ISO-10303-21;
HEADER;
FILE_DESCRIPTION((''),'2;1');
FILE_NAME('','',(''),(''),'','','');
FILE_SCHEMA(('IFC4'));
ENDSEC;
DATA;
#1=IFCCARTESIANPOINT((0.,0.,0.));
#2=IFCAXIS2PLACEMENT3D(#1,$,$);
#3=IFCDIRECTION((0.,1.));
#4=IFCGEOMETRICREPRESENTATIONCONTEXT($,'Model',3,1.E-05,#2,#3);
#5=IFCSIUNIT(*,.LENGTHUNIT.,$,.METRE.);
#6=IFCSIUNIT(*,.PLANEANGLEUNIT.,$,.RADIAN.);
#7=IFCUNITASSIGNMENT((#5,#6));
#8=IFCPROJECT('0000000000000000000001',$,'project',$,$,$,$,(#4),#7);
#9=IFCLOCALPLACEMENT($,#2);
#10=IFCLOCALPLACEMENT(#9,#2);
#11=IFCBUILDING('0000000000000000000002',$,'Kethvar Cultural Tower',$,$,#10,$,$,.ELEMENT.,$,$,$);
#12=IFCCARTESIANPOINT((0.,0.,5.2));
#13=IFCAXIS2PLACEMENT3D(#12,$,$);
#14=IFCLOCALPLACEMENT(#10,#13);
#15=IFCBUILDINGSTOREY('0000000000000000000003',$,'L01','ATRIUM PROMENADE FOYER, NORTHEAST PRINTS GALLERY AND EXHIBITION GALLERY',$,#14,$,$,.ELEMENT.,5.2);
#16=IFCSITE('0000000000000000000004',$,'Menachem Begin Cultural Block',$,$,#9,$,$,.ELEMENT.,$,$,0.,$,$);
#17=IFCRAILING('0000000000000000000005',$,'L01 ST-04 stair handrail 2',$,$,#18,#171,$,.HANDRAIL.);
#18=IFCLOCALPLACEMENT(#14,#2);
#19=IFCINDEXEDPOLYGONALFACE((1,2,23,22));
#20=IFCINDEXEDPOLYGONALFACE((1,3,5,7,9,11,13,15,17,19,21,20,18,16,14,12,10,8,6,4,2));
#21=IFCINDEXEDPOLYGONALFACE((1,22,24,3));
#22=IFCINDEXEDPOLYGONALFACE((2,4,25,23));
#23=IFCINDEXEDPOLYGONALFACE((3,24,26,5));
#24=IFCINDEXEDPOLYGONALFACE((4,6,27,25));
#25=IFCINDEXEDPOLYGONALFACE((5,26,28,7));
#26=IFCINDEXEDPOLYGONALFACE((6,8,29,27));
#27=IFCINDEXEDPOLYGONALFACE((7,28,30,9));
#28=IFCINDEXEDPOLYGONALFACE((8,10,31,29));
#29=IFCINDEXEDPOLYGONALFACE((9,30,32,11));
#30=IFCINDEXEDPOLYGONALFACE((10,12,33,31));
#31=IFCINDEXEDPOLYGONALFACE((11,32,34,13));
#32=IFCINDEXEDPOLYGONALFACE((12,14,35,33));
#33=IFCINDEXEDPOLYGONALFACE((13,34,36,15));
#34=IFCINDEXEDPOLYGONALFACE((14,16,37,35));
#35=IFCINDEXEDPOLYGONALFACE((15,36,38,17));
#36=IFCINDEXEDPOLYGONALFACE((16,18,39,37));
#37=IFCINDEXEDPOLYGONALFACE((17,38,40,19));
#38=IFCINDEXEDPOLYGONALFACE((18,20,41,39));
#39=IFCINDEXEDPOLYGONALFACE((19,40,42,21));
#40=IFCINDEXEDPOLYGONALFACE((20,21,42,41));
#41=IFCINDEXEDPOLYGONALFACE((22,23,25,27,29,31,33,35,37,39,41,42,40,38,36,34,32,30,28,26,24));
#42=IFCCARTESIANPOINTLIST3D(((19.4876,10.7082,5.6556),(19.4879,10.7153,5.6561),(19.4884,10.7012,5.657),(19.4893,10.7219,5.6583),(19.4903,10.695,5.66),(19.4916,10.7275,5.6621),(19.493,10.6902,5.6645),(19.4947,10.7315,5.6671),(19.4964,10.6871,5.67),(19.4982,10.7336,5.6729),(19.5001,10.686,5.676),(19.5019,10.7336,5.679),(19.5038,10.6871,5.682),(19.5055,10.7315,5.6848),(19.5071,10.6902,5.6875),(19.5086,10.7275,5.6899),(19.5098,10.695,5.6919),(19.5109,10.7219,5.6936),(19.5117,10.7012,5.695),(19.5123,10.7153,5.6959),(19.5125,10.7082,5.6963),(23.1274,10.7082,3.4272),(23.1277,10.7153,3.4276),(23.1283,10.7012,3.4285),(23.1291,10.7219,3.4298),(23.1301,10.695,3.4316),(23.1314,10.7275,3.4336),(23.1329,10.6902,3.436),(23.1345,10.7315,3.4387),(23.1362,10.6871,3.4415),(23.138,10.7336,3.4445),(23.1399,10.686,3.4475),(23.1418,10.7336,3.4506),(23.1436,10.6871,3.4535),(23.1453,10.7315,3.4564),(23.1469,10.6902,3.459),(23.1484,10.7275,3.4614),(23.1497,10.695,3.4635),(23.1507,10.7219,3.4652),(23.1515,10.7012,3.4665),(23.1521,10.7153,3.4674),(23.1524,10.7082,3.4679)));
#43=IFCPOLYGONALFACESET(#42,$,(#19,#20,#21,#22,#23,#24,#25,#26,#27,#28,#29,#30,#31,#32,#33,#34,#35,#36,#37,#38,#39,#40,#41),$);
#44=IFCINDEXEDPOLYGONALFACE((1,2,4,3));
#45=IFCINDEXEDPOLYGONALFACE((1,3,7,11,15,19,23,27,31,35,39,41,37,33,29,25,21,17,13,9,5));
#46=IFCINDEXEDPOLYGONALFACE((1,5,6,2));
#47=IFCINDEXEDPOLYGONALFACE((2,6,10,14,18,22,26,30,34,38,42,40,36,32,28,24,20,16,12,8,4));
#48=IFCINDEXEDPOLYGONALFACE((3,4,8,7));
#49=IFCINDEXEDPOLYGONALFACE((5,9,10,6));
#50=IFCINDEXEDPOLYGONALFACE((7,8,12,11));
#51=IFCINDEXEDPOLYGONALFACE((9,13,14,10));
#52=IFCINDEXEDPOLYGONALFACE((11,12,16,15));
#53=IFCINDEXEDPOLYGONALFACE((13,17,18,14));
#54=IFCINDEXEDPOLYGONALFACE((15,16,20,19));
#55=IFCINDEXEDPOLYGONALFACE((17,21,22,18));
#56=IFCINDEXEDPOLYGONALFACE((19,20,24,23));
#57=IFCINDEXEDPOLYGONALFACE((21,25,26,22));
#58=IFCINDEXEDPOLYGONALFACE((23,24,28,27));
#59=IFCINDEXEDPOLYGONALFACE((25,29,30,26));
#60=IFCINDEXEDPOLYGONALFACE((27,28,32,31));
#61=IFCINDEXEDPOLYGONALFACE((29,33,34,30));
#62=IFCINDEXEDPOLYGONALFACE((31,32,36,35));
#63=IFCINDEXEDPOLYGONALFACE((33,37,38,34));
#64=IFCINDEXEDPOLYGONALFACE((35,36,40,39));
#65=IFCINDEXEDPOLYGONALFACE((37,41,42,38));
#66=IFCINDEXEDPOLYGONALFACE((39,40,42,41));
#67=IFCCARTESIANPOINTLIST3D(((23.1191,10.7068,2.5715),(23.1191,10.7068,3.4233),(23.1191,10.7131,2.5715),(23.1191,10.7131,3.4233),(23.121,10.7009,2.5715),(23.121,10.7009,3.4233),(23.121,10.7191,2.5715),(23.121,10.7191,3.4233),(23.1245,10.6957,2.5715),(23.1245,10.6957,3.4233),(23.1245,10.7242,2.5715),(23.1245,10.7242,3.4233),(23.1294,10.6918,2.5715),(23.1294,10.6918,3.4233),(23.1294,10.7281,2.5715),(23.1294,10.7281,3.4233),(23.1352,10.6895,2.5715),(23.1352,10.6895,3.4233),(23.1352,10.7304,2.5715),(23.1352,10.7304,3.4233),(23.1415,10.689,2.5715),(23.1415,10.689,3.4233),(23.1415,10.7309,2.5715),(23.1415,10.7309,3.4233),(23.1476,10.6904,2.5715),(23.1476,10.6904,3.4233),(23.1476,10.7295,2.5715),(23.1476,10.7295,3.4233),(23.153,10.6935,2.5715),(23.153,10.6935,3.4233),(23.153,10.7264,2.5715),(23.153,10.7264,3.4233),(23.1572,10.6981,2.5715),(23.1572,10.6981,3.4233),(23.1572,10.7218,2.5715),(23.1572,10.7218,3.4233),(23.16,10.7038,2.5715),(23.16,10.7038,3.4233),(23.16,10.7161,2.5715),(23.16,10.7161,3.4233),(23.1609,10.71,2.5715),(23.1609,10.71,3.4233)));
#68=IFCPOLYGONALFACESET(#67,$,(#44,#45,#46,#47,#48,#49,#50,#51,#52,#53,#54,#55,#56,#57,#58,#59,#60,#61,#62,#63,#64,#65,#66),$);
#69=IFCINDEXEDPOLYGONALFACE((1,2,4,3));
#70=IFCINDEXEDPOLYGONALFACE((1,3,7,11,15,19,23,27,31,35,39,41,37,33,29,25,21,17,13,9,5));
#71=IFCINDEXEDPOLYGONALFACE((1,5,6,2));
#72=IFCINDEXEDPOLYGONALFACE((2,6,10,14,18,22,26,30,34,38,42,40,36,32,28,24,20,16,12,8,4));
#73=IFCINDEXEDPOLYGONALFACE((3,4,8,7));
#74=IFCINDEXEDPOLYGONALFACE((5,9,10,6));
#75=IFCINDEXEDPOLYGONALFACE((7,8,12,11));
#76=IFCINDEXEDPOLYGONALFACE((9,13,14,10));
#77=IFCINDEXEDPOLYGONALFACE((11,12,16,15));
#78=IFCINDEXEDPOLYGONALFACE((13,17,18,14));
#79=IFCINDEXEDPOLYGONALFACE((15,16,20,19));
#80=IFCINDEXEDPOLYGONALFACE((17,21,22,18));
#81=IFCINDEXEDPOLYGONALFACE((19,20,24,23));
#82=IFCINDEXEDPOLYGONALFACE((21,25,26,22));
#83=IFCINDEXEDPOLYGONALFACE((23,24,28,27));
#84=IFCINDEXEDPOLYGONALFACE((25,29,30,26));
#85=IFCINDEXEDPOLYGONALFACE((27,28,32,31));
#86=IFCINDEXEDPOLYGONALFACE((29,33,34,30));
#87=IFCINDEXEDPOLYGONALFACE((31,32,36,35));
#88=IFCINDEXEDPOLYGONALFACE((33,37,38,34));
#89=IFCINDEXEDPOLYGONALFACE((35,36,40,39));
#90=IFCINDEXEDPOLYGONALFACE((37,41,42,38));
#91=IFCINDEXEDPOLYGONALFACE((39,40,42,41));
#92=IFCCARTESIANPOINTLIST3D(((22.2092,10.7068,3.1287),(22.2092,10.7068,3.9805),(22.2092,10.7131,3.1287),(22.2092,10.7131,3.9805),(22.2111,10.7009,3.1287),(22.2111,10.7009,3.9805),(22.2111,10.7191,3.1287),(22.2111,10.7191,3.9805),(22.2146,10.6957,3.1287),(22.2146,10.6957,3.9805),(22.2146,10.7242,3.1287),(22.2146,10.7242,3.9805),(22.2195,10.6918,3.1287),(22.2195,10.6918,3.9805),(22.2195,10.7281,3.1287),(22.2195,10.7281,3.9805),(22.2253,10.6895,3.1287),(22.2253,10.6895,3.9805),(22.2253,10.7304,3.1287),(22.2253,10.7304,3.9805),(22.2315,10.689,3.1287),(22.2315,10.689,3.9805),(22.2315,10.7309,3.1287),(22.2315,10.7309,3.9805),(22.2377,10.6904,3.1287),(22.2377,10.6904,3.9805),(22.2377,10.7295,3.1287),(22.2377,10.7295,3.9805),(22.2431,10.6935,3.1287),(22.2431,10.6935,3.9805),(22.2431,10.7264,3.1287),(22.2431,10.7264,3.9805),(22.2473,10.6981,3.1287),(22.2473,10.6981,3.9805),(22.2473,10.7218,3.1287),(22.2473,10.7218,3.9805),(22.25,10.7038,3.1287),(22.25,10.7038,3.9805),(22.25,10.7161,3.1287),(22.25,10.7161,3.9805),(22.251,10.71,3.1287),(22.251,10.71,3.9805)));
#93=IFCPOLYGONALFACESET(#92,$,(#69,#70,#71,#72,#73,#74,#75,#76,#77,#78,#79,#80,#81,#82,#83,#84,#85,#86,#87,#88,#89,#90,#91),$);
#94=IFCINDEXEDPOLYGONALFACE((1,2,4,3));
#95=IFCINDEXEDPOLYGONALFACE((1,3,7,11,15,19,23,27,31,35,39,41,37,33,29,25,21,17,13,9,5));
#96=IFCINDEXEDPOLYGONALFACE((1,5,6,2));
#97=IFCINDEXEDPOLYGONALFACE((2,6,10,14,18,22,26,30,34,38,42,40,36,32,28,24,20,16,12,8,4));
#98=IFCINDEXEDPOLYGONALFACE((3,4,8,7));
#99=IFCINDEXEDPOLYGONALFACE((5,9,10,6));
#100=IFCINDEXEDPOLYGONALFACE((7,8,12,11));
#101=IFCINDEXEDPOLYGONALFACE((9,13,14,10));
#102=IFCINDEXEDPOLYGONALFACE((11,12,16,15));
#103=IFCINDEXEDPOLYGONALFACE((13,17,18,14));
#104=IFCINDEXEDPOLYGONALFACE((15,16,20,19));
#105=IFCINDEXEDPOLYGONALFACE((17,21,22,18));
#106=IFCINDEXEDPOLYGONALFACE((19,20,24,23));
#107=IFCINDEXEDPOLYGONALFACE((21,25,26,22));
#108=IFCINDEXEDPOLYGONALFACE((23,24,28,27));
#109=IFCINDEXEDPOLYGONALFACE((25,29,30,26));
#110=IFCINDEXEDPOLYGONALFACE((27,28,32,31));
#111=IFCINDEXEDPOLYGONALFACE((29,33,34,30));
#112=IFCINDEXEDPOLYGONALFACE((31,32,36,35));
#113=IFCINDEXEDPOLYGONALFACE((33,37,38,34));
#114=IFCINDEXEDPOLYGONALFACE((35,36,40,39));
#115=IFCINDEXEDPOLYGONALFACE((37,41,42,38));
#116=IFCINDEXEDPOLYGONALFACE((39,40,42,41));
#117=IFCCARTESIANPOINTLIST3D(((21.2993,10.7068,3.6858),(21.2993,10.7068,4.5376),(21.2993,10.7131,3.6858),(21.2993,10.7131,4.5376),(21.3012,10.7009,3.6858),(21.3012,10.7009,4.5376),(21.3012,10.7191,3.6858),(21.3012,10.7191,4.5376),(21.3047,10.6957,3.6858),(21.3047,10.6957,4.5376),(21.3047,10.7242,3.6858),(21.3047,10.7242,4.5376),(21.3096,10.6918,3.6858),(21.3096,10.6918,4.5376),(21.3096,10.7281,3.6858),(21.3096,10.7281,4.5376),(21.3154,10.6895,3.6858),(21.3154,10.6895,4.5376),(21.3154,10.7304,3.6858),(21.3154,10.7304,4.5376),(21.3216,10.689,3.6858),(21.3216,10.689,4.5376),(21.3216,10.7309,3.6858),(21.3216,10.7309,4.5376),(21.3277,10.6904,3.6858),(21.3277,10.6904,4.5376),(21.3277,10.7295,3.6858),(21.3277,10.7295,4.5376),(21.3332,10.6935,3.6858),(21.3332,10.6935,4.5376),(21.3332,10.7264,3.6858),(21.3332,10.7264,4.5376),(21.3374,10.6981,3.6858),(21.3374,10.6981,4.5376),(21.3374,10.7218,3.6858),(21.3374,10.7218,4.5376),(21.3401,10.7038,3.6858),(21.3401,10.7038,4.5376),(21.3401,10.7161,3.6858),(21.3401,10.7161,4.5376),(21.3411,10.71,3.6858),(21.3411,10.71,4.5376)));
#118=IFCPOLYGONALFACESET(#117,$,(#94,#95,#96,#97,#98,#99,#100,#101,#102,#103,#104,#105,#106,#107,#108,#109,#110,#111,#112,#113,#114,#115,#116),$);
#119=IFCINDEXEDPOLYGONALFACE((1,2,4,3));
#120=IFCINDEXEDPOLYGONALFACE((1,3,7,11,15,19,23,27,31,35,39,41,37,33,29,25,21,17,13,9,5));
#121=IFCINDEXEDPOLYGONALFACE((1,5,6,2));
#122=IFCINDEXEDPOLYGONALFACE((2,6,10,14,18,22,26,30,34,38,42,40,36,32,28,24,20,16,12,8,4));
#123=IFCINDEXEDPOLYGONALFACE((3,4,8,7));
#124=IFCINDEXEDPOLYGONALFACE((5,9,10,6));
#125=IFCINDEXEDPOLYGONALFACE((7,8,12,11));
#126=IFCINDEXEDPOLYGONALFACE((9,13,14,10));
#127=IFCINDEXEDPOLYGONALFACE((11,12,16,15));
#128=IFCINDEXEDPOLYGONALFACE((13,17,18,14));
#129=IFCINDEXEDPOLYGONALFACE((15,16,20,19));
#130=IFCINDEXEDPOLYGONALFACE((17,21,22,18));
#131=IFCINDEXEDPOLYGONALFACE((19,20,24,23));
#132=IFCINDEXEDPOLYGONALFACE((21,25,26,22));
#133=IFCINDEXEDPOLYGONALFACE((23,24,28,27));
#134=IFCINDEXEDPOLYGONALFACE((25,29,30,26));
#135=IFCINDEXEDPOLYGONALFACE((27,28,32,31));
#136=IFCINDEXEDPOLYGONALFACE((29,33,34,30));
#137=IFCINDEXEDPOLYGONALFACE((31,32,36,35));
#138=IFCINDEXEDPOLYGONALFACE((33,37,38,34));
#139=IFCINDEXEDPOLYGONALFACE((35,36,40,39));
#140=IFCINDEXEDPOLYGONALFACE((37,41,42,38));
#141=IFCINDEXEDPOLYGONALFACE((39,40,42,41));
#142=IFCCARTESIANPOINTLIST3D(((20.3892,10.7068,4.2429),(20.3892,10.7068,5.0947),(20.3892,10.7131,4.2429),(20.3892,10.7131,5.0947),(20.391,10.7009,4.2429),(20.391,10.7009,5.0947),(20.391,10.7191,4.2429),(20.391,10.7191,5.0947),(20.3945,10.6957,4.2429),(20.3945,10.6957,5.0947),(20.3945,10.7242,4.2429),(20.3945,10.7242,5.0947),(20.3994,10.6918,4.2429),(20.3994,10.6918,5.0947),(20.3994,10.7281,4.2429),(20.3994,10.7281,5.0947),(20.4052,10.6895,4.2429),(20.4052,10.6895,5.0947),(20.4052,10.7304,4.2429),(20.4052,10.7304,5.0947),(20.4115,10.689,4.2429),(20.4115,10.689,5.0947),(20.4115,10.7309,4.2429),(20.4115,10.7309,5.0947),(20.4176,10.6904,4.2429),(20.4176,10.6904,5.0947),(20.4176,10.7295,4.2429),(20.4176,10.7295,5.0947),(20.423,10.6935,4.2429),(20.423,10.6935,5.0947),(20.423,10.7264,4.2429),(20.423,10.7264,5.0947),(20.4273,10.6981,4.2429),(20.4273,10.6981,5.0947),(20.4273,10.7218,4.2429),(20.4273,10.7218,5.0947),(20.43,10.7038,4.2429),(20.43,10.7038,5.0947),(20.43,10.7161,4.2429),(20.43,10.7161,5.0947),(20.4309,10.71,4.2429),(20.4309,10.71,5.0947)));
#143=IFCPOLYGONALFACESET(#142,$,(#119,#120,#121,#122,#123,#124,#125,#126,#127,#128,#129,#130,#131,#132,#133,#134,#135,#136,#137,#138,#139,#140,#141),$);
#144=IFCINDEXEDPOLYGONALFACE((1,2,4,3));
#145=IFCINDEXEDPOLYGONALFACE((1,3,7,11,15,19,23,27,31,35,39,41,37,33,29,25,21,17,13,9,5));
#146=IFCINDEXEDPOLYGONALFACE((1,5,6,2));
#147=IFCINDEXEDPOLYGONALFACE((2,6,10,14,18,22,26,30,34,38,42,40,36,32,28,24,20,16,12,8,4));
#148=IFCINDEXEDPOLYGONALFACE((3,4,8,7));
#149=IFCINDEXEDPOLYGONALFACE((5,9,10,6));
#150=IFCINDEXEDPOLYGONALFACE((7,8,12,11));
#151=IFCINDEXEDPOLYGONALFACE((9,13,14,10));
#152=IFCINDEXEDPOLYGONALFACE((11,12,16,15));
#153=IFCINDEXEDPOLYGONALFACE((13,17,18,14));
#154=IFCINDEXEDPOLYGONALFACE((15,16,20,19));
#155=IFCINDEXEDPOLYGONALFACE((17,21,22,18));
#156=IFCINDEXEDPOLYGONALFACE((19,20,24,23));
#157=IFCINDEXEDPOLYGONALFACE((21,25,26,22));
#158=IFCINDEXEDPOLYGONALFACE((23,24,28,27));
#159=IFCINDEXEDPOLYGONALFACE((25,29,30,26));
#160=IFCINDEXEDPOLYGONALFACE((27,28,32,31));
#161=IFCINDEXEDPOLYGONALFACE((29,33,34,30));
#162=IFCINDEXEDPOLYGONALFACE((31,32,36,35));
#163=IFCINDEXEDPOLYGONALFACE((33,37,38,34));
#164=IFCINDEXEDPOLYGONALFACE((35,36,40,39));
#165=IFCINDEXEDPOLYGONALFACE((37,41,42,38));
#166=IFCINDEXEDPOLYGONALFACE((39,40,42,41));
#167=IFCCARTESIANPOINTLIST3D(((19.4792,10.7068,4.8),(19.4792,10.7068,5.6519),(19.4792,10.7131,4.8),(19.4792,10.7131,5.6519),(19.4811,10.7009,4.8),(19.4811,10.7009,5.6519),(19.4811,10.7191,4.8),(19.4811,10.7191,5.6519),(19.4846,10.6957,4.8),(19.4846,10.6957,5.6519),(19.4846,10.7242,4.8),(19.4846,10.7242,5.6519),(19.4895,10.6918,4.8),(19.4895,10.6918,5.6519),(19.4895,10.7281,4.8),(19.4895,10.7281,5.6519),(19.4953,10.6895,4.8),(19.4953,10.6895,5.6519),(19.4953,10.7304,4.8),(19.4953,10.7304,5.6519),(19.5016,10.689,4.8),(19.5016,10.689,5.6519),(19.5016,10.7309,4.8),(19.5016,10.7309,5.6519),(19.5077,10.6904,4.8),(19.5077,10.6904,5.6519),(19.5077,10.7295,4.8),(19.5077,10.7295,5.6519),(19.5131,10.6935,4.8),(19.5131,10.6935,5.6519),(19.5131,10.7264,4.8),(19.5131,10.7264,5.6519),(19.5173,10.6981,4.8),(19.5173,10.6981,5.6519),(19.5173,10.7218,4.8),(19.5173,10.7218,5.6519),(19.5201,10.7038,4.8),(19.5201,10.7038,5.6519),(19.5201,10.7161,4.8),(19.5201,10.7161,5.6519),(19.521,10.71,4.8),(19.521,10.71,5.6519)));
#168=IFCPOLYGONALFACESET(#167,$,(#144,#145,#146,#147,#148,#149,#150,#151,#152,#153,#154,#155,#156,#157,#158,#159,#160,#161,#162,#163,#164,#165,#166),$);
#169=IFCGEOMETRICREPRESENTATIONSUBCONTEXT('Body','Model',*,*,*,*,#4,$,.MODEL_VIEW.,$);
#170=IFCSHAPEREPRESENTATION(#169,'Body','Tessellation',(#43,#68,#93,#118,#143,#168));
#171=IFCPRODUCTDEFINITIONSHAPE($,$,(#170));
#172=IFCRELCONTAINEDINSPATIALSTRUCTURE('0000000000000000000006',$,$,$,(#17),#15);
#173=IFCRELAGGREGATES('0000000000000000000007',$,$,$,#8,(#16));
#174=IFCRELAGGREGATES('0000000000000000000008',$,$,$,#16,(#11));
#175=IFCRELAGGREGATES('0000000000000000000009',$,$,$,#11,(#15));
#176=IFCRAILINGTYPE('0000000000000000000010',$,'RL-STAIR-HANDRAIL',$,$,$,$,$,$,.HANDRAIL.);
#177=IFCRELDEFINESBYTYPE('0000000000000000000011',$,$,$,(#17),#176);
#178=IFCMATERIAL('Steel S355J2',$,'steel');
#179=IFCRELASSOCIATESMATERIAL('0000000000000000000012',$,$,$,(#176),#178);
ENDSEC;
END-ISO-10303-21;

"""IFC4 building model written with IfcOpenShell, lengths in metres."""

from ifc_helpers import new_model, si_unit, direction, frame, origin, origin_2d, place, context, subcontext, project, spatial, circle, extrude, material, type_object, element, save


model = new_model("IFC4")

# Units and contexts
model_context = context("Model", 3, precision=1e-05, world=origin(), true_north=direction((0.0, 1.0)))
body_context = subcontext(model_context, "Body", "Model", "MODEL_VIEW")
ifc_project = project(units=[si_unit("LENGTHUNIT", "METRE"), si_unit("PLANEANGLEUNIT", "RADIAN")], contexts=[model_context])

# Site, building, storey
site_placement = place(None, origin())
site = spatial("IfcSite", under=ifc_project, at=site_placement, Name="Menachem Begin Cultural Block", CompositionType="ELEMENT", RefElevation=0.0)
building_placement = place(site_placement, origin())
building = spatial("IfcBuilding", under=site, at=building_placement, Name="Kethvar Cultural Tower", CompositionType="ELEMENT")
storey_placement = place(building_placement, frame((0.0, 0.0, 5.2)))
storey = spatial("IfcBuildingStorey", under=building, at=storey_placement, Name="L01", Description="ATRIUM PROMENADE FOYER, NORTHEAST PRINTS GALLERY AND EXHIBITION GALLERY", CompositionType="ELEMENT", Elevation=5.2)

# Shared definitions
ifc_material_1 = material(Name="Steel S355J2", Category="steel")

# Railing
railing_type_1 = type_object("IfcRailingType", Name="RL-STAIR-HANDRAIL", PredefinedType="HANDRAIL", material=ifc_material_1)
railing_1_placement = place(storey_placement, frame((23.1399, 10.71, 2.5715)))
element("IfcRailing", 1, at=railing_1_placement, inside=storey, type_object=railing_type_1, Name="L01 ST-04 stair handrail 2", PredefinedType="HANDRAIL", context=body_context, shape_type="SweptSolid", body=[
    extrude(circle(Radius=0.0239, at=origin_2d()), frame((0.0, 0.0, 0.876), z_axis=(-0.85285, 0.0, 0.522156), x_axis=(0.0, -1.0, 0.0)), (0.0, 0.0, 1.0), 4.2678),
    extrude(circle(Radius=0.021, at=origin_2d()), origin(), (0.0, 0.0, 1.0), 0.8518),
    extrude(circle(Radius=0.021, at=origin_2d()), frame((-0.9099, 0.0, 0.5571)), (0.0, 0.0, 1.0), 0.8518),
    extrude(circle(Radius=0.021, at=origin_2d()), frame((-1.8198, 0.0, 1.1143)), (0.0, 0.0, 1.0), 0.8518),
    extrude(circle(Radius=0.021, at=origin_2d()), frame((-2.73, 0.0, 1.6714)), (0.0, 0.0, 1.0), 0.8518),
    extrude(circle(Radius=0.021, at=origin_2d()), frame((-3.6399, 0.0, 2.2285)), (0.0, 0.0, 1.0), 0.8518),
])

save(model, "model.ifc")
